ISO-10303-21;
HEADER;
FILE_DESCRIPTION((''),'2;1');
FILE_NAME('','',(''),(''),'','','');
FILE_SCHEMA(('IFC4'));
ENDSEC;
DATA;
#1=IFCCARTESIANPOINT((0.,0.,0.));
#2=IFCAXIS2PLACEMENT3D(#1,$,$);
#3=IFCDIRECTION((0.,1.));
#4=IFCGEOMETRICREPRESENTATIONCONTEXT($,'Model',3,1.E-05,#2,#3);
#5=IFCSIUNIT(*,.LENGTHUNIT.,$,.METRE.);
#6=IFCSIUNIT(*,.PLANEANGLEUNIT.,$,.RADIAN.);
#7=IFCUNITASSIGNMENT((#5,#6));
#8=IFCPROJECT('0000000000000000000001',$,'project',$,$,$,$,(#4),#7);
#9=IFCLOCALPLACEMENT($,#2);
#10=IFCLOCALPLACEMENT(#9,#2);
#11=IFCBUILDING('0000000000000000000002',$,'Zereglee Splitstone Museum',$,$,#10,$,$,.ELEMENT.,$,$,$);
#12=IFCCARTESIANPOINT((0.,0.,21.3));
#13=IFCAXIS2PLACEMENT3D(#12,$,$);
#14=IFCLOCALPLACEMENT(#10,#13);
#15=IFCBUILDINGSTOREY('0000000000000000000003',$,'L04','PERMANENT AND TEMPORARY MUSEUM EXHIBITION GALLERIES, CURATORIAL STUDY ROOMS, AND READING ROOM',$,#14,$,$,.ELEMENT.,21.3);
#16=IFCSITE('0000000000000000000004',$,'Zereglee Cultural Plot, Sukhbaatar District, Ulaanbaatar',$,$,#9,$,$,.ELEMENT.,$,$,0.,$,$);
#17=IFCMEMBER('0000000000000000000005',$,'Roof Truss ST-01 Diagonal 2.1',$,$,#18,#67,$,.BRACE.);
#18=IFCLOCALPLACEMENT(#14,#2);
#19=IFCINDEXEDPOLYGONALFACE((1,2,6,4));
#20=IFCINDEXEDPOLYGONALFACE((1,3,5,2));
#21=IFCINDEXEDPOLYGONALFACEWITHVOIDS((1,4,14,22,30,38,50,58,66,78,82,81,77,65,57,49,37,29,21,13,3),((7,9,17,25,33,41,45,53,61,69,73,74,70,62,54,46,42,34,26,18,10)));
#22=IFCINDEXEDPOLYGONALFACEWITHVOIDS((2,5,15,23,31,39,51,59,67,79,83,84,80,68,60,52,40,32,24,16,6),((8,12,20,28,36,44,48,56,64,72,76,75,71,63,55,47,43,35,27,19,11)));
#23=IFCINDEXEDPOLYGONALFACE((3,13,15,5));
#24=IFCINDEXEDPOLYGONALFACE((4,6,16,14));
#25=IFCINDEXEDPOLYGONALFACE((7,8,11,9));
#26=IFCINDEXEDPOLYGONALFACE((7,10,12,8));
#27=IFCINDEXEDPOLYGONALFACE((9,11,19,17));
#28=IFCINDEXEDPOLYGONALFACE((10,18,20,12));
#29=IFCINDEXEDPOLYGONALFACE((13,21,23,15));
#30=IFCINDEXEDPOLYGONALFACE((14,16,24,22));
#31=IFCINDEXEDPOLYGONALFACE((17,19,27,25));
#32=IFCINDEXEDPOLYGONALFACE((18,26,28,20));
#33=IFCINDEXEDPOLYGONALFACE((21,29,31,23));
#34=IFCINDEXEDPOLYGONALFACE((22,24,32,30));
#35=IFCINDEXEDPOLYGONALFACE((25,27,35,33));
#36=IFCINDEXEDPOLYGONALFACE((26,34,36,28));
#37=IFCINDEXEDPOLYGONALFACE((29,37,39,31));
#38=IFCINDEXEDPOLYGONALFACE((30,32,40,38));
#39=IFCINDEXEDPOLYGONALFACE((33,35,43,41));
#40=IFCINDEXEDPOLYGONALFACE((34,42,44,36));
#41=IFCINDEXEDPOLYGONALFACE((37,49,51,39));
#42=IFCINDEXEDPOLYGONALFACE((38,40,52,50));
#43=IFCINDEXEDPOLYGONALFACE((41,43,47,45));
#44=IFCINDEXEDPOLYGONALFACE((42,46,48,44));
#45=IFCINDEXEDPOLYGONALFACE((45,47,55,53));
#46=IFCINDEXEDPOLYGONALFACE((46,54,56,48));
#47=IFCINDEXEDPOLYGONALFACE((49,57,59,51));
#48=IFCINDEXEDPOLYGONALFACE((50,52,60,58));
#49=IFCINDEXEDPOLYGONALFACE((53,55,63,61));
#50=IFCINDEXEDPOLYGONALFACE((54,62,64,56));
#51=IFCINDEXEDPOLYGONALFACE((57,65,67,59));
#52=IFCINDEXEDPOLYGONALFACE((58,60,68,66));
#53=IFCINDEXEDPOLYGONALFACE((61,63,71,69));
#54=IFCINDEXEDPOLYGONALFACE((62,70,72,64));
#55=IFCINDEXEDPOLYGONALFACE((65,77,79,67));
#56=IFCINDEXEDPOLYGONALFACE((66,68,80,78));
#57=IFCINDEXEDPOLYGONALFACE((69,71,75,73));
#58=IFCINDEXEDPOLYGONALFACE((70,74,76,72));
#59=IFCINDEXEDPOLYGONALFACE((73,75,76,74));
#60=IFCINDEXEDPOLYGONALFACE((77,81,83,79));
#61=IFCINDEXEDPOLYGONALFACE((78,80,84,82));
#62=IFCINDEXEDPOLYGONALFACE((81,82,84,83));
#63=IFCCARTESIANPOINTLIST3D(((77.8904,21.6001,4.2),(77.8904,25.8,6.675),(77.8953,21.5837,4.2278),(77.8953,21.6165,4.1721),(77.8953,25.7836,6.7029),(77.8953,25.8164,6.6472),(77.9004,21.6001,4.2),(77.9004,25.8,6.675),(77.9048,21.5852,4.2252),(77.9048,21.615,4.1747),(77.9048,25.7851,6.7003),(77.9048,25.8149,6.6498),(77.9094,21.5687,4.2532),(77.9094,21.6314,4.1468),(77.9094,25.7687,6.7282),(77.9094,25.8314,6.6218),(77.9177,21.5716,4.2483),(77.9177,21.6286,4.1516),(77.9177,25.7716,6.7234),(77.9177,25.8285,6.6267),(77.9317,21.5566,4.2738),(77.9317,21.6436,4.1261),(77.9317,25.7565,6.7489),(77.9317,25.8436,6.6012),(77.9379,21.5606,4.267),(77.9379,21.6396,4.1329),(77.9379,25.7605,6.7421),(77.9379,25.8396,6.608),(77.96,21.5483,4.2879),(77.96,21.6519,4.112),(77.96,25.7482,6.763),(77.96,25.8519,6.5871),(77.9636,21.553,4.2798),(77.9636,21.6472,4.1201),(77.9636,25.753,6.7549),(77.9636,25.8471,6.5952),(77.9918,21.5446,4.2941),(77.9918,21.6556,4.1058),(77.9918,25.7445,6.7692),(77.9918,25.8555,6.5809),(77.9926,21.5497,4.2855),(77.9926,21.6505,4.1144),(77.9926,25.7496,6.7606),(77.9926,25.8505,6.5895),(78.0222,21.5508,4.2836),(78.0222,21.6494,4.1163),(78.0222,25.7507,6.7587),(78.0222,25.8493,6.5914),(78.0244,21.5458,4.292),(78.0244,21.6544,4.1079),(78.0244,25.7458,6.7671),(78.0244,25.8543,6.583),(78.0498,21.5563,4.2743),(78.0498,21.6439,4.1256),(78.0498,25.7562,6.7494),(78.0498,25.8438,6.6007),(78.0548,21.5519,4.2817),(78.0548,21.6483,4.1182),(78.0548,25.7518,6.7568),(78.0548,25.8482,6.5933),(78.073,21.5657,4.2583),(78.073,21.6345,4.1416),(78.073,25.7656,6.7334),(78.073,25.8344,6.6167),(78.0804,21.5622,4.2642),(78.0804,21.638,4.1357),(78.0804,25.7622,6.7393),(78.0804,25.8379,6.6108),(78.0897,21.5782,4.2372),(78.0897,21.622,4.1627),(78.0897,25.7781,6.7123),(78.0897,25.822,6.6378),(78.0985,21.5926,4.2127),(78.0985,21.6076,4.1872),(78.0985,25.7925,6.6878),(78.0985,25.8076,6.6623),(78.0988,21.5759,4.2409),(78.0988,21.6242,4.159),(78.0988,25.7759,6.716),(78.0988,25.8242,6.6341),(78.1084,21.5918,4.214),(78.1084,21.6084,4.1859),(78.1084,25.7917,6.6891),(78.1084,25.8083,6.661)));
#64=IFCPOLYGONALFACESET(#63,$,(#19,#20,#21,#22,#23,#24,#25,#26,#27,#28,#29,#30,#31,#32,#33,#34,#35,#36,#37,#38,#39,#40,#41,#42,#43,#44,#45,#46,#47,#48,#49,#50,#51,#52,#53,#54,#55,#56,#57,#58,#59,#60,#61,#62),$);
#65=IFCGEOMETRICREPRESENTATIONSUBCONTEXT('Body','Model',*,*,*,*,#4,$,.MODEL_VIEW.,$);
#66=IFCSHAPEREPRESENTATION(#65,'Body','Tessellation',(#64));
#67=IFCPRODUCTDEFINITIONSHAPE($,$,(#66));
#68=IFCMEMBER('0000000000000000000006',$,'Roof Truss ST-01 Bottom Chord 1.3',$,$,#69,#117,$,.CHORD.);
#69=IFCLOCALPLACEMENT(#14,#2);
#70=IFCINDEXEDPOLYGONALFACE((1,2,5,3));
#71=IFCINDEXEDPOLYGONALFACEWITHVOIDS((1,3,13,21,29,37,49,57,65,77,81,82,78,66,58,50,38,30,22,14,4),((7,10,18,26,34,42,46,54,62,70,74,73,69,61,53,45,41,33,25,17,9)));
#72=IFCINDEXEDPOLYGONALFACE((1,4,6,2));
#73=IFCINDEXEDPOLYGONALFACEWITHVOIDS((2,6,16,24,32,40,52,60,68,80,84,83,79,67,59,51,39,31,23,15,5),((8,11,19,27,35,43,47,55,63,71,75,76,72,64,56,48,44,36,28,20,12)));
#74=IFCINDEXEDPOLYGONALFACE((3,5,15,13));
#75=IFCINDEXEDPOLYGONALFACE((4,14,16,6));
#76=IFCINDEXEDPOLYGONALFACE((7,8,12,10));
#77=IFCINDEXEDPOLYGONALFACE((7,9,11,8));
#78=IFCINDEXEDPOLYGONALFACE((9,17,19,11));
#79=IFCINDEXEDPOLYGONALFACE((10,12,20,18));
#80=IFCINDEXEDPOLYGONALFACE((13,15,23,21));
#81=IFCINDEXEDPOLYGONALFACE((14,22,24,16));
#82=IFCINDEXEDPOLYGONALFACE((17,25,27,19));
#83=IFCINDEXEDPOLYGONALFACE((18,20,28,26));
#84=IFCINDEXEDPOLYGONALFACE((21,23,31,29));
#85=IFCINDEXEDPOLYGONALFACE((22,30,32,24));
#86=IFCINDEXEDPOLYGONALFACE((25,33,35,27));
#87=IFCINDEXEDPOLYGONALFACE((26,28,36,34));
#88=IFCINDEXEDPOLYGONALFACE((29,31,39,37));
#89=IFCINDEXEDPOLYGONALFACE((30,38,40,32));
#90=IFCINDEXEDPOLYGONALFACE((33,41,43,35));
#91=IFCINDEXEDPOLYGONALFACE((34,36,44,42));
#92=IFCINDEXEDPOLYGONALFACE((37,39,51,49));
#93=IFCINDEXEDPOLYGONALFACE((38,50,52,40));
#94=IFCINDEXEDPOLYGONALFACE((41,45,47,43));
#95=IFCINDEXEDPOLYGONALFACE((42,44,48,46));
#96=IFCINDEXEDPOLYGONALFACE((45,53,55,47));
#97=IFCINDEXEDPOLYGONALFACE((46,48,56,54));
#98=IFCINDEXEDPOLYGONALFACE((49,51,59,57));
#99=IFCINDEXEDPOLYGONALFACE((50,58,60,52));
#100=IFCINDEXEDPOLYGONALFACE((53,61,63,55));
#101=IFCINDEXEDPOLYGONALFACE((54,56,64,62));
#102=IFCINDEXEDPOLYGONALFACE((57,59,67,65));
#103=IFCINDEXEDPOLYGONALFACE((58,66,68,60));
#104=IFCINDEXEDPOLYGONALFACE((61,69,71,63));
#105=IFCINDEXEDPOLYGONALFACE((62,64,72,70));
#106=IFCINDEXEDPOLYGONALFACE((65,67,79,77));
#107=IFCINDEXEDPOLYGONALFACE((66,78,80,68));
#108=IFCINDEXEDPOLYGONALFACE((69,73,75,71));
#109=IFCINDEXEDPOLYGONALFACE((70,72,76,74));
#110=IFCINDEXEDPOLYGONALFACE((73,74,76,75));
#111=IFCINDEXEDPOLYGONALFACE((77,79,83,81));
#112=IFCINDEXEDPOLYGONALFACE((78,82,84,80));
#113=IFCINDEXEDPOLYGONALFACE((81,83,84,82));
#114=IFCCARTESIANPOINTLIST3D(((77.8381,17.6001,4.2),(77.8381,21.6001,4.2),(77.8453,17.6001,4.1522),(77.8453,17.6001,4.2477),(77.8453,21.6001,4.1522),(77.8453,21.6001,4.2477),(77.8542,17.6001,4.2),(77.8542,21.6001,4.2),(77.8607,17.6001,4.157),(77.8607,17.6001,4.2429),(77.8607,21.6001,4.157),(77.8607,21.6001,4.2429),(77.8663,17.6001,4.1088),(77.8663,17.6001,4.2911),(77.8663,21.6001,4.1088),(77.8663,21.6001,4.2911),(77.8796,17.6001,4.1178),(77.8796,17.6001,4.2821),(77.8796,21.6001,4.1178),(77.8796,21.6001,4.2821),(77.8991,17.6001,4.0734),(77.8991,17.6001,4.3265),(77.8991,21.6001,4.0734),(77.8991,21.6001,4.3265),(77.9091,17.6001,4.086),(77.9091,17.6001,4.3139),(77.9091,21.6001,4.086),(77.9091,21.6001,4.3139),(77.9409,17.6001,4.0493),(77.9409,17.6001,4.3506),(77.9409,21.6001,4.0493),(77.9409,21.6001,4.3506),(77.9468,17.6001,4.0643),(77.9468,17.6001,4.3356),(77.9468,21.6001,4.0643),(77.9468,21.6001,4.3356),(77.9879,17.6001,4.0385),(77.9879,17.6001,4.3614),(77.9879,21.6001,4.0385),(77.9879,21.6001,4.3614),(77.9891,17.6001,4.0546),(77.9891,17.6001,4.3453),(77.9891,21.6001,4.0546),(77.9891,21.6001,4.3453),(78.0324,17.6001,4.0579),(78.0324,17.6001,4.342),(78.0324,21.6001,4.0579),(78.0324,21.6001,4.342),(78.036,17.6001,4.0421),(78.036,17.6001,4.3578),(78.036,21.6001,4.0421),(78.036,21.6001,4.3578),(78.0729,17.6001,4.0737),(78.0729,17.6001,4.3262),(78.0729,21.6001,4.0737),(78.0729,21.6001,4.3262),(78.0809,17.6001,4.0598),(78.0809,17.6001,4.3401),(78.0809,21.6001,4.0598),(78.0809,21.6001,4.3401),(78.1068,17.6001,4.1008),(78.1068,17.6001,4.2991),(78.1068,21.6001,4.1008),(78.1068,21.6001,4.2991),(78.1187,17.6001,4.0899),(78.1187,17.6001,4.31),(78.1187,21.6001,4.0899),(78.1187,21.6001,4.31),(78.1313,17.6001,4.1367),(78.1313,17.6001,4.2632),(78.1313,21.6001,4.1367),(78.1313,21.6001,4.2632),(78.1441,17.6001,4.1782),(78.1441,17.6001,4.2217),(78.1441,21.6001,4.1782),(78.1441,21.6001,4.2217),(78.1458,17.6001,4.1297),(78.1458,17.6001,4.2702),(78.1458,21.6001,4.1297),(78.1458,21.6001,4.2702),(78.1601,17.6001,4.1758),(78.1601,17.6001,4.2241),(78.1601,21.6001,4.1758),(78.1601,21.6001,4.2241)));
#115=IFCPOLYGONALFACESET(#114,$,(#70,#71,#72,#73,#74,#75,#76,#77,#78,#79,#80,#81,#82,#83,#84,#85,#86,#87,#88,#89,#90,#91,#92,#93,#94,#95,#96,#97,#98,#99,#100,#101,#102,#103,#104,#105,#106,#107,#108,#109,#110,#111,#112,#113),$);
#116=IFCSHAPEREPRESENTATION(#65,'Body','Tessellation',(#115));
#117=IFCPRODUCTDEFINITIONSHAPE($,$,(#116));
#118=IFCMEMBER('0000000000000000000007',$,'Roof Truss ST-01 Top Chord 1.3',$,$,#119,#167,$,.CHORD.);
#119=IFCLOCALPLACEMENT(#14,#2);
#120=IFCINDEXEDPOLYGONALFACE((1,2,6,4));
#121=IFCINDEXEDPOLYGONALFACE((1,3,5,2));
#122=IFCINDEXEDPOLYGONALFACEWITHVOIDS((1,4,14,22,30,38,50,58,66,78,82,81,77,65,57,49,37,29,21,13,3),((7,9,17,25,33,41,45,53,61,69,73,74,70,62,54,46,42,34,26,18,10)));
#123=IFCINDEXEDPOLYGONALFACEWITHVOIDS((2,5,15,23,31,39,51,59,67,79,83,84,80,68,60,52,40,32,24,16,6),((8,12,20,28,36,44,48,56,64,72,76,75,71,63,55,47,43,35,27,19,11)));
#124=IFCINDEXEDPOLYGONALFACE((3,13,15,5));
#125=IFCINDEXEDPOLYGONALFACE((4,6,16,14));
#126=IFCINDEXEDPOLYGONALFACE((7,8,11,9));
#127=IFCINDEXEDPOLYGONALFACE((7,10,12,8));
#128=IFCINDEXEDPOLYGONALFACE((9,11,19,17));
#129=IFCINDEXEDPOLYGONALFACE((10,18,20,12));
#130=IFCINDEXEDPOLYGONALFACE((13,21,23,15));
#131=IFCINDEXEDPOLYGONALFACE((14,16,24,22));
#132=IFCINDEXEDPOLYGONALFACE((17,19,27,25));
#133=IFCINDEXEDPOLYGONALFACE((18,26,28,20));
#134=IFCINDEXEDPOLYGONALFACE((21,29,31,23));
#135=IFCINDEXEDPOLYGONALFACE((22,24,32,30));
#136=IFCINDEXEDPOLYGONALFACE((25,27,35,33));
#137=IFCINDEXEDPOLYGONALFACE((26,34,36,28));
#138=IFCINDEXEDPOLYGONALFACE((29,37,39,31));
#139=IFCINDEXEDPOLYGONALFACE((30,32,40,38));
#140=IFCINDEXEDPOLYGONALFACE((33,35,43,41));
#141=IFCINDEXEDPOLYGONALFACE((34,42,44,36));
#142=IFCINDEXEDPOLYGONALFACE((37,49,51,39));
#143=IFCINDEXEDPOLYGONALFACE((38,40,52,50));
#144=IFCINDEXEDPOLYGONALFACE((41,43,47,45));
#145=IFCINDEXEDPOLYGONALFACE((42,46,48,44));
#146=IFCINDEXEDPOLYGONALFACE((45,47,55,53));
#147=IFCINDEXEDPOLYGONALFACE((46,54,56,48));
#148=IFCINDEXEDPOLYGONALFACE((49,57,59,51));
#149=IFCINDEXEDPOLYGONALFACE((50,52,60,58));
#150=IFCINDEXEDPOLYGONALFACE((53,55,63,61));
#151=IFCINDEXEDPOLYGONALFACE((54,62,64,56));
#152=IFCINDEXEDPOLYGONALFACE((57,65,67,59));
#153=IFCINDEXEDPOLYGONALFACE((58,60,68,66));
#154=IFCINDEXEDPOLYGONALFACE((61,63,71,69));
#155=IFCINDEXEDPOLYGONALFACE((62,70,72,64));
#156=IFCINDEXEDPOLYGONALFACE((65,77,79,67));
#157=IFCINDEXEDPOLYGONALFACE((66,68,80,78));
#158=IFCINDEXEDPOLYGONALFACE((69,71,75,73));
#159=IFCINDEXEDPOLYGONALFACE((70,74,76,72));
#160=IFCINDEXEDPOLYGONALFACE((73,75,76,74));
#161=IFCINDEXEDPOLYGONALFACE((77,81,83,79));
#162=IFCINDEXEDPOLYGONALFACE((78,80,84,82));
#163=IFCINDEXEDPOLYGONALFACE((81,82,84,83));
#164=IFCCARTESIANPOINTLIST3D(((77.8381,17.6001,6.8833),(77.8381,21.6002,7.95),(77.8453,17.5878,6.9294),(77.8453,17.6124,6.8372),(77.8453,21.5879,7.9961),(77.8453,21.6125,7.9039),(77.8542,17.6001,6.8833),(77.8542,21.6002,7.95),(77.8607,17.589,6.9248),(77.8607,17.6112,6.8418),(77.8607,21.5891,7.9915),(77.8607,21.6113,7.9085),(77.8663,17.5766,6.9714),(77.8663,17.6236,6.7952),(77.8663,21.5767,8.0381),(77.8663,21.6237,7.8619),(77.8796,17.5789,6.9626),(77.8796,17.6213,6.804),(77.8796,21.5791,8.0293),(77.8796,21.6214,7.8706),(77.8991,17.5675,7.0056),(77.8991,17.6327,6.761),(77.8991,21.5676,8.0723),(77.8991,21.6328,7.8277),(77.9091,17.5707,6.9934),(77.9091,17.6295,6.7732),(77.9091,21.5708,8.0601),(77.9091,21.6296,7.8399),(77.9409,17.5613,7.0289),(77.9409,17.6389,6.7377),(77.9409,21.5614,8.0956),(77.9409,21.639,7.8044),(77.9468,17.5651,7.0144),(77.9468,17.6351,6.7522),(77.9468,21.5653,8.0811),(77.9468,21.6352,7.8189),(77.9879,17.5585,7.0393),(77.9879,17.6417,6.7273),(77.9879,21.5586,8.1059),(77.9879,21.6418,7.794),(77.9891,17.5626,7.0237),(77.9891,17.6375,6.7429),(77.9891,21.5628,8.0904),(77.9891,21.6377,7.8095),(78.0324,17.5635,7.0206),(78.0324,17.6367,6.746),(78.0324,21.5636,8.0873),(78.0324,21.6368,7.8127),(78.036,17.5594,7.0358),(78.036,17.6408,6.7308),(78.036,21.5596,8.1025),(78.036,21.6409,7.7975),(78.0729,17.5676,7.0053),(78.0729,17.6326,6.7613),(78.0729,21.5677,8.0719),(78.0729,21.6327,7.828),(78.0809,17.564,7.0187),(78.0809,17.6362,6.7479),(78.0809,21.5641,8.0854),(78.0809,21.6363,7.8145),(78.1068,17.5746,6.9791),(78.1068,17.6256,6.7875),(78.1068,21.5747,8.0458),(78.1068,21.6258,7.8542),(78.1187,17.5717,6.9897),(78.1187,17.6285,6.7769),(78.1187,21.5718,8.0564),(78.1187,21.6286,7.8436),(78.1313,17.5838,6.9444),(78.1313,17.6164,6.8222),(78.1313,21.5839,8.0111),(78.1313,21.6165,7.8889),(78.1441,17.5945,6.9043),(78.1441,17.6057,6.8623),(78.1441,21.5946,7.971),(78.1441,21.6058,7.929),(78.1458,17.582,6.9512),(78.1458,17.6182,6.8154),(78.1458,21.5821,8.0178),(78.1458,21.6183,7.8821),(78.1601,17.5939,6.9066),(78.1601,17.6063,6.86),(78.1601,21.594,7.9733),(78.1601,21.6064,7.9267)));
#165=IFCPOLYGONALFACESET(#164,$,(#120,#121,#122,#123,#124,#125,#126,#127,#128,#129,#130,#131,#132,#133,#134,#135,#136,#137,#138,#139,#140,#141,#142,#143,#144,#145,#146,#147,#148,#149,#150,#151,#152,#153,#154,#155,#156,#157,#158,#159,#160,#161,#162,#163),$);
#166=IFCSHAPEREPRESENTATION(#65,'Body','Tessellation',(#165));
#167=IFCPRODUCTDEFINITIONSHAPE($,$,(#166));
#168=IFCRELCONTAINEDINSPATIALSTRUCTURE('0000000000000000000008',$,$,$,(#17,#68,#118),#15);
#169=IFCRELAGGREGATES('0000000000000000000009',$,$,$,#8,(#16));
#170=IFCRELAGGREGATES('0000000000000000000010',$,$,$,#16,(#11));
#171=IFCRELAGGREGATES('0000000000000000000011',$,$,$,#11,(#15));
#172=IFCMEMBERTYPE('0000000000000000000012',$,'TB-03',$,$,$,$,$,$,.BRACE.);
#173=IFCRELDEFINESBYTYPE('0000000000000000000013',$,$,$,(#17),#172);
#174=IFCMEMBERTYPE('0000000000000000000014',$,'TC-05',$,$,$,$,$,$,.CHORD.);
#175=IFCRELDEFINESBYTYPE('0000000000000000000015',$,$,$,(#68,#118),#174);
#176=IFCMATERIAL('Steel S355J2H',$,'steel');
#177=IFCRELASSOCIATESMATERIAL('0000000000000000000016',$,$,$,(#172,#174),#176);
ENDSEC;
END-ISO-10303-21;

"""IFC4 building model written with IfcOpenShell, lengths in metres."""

from ifc_helpers import new_model, si_unit, direction, frame, origin, origin_2d, place, context, subcontext, project, spatial, hollow_circle, extrude, material, material_profile, profile_set, type_object, element, save


model = new_model("IFC4")

# Units and contexts
model_context = context("Model", 3, precision=1e-05, world=origin(), true_north=direction((0.0, 1.0)))
body_context = subcontext(model_context, "Body", "Model", "MODEL_VIEW")
ifc_project = project(units=[si_unit("LENGTHUNIT", "METRE"), si_unit("PLANEANGLEUNIT", "RADIAN")], contexts=[model_context])

# Site, building, storey
site_placement = place(None, origin())
site = spatial("IfcSite", under=ifc_project, at=site_placement, Name="Zereglee Cultural Plot, Sukhbaatar District, Ulaanbaatar", CompositionType="ELEMENT", RefElevation=0.0)
building_placement = place(site_placement, origin())
building = spatial("IfcBuilding", under=site, at=building_placement, Name="Zereglee Splitstone Museum", CompositionType="ELEMENT")
storey_placement = place(building_placement, frame((0.0, 0.0, 21.3)))
storey = spatial("IfcBuildingStorey", under=building, at=storey_placement, Name="L04", Description="PERMANENT AND TEMPORARY MUSEUM EXHIBITION GALLERIES, CURATORIAL STUDY ROOMS, AND READING ROOM", CompositionType="ELEMENT", Elevation=21.3)

# Members
ifc_material_1 = material(Name="Steel S355J2H", Category="steel")
ifc_material_profile_1 = material_profile(ifc_material_1, hollow_circle(Radius=0.1096, WallThickness=0.01, at=origin_2d()), Name="CHS 219.1x10")
ifc_profile_set_1 = profile_set([ifc_material_profile_1], Name="Steel S355J2H")
member_type_1 = type_object("IfcMemberType", Name="TB-03", PredefinedType="BRACE", material=ifc_profile_set_1)
member_1_placement = place(storey_placement, frame((78.0, 21.6001, 4.2), z_axis=(0.0, 0.861527, 0.507712), x_axis=(-1.0, 0.0, 0.0)))
element("IfcMember", 1, at=member_1_placement, inside=storey, type_object=member_type_1, Name="Roof Truss ST-01 Diagonal 2.1", PredefinedType="BRACE", context=body_context, shape_type="SweptSolid", body=[
    extrude(hollow_circle(Radius=0.1096, WallThickness=0.01, at=origin_2d()), origin(), (0.0, 0.0, 1.0), 4.875),
])
ifc_material_profile_2 = material_profile(ifc_material_1, hollow_circle(Radius=0.1619, WallThickness=0.0161, at=origin_2d()), Name="CHS 323.9x16")
ifc_profile_set_2 = profile_set([ifc_material_profile_2], Name="Steel S355J2H")
member_type_2 = type_object("IfcMemberType", Name="TC-05", PredefinedType="CHORD", material=ifc_profile_set_2)
member_2_placement = place(storey_placement, frame((78.0, 17.6001, 4.2), z_axis=(0.0, 1.0, 0.0), x_axis=(-1.0, 0.0, 0.0)))
element("IfcMember", 2, at=member_2_placement, inside=storey, type_object=member_type_2, Name="Roof Truss ST-01 Bottom Chord 1.3", PredefinedType="CHORD", context=body_context, shape_type="SweptSolid", body=[
    extrude(hollow_circle(Radius=0.1619, WallThickness=0.0161, at=origin_2d()), origin(), (0.0, 0.0, 1.0), 4.0),
])
member_3_placement = place(storey_placement, frame((78.0, 17.6001, 6.8833), z_axis=(0.0, 0.966236, 0.257659), x_axis=(-1.0, 0.0, 0.0)))
element("IfcMember", 3, at=member_3_placement, inside=storey, type_object=member_type_2, Name="Roof Truss ST-01 Top Chord 1.3", PredefinedType="CHORD", context=body_context, shape_type="SweptSolid", body=[
    extrude(hollow_circle(Radius=0.1619, WallThickness=0.0161, at=origin_2d()), origin(), (0.0, 0.0, 1.0), 4.1399),
])

save(model, "model.ifc")
